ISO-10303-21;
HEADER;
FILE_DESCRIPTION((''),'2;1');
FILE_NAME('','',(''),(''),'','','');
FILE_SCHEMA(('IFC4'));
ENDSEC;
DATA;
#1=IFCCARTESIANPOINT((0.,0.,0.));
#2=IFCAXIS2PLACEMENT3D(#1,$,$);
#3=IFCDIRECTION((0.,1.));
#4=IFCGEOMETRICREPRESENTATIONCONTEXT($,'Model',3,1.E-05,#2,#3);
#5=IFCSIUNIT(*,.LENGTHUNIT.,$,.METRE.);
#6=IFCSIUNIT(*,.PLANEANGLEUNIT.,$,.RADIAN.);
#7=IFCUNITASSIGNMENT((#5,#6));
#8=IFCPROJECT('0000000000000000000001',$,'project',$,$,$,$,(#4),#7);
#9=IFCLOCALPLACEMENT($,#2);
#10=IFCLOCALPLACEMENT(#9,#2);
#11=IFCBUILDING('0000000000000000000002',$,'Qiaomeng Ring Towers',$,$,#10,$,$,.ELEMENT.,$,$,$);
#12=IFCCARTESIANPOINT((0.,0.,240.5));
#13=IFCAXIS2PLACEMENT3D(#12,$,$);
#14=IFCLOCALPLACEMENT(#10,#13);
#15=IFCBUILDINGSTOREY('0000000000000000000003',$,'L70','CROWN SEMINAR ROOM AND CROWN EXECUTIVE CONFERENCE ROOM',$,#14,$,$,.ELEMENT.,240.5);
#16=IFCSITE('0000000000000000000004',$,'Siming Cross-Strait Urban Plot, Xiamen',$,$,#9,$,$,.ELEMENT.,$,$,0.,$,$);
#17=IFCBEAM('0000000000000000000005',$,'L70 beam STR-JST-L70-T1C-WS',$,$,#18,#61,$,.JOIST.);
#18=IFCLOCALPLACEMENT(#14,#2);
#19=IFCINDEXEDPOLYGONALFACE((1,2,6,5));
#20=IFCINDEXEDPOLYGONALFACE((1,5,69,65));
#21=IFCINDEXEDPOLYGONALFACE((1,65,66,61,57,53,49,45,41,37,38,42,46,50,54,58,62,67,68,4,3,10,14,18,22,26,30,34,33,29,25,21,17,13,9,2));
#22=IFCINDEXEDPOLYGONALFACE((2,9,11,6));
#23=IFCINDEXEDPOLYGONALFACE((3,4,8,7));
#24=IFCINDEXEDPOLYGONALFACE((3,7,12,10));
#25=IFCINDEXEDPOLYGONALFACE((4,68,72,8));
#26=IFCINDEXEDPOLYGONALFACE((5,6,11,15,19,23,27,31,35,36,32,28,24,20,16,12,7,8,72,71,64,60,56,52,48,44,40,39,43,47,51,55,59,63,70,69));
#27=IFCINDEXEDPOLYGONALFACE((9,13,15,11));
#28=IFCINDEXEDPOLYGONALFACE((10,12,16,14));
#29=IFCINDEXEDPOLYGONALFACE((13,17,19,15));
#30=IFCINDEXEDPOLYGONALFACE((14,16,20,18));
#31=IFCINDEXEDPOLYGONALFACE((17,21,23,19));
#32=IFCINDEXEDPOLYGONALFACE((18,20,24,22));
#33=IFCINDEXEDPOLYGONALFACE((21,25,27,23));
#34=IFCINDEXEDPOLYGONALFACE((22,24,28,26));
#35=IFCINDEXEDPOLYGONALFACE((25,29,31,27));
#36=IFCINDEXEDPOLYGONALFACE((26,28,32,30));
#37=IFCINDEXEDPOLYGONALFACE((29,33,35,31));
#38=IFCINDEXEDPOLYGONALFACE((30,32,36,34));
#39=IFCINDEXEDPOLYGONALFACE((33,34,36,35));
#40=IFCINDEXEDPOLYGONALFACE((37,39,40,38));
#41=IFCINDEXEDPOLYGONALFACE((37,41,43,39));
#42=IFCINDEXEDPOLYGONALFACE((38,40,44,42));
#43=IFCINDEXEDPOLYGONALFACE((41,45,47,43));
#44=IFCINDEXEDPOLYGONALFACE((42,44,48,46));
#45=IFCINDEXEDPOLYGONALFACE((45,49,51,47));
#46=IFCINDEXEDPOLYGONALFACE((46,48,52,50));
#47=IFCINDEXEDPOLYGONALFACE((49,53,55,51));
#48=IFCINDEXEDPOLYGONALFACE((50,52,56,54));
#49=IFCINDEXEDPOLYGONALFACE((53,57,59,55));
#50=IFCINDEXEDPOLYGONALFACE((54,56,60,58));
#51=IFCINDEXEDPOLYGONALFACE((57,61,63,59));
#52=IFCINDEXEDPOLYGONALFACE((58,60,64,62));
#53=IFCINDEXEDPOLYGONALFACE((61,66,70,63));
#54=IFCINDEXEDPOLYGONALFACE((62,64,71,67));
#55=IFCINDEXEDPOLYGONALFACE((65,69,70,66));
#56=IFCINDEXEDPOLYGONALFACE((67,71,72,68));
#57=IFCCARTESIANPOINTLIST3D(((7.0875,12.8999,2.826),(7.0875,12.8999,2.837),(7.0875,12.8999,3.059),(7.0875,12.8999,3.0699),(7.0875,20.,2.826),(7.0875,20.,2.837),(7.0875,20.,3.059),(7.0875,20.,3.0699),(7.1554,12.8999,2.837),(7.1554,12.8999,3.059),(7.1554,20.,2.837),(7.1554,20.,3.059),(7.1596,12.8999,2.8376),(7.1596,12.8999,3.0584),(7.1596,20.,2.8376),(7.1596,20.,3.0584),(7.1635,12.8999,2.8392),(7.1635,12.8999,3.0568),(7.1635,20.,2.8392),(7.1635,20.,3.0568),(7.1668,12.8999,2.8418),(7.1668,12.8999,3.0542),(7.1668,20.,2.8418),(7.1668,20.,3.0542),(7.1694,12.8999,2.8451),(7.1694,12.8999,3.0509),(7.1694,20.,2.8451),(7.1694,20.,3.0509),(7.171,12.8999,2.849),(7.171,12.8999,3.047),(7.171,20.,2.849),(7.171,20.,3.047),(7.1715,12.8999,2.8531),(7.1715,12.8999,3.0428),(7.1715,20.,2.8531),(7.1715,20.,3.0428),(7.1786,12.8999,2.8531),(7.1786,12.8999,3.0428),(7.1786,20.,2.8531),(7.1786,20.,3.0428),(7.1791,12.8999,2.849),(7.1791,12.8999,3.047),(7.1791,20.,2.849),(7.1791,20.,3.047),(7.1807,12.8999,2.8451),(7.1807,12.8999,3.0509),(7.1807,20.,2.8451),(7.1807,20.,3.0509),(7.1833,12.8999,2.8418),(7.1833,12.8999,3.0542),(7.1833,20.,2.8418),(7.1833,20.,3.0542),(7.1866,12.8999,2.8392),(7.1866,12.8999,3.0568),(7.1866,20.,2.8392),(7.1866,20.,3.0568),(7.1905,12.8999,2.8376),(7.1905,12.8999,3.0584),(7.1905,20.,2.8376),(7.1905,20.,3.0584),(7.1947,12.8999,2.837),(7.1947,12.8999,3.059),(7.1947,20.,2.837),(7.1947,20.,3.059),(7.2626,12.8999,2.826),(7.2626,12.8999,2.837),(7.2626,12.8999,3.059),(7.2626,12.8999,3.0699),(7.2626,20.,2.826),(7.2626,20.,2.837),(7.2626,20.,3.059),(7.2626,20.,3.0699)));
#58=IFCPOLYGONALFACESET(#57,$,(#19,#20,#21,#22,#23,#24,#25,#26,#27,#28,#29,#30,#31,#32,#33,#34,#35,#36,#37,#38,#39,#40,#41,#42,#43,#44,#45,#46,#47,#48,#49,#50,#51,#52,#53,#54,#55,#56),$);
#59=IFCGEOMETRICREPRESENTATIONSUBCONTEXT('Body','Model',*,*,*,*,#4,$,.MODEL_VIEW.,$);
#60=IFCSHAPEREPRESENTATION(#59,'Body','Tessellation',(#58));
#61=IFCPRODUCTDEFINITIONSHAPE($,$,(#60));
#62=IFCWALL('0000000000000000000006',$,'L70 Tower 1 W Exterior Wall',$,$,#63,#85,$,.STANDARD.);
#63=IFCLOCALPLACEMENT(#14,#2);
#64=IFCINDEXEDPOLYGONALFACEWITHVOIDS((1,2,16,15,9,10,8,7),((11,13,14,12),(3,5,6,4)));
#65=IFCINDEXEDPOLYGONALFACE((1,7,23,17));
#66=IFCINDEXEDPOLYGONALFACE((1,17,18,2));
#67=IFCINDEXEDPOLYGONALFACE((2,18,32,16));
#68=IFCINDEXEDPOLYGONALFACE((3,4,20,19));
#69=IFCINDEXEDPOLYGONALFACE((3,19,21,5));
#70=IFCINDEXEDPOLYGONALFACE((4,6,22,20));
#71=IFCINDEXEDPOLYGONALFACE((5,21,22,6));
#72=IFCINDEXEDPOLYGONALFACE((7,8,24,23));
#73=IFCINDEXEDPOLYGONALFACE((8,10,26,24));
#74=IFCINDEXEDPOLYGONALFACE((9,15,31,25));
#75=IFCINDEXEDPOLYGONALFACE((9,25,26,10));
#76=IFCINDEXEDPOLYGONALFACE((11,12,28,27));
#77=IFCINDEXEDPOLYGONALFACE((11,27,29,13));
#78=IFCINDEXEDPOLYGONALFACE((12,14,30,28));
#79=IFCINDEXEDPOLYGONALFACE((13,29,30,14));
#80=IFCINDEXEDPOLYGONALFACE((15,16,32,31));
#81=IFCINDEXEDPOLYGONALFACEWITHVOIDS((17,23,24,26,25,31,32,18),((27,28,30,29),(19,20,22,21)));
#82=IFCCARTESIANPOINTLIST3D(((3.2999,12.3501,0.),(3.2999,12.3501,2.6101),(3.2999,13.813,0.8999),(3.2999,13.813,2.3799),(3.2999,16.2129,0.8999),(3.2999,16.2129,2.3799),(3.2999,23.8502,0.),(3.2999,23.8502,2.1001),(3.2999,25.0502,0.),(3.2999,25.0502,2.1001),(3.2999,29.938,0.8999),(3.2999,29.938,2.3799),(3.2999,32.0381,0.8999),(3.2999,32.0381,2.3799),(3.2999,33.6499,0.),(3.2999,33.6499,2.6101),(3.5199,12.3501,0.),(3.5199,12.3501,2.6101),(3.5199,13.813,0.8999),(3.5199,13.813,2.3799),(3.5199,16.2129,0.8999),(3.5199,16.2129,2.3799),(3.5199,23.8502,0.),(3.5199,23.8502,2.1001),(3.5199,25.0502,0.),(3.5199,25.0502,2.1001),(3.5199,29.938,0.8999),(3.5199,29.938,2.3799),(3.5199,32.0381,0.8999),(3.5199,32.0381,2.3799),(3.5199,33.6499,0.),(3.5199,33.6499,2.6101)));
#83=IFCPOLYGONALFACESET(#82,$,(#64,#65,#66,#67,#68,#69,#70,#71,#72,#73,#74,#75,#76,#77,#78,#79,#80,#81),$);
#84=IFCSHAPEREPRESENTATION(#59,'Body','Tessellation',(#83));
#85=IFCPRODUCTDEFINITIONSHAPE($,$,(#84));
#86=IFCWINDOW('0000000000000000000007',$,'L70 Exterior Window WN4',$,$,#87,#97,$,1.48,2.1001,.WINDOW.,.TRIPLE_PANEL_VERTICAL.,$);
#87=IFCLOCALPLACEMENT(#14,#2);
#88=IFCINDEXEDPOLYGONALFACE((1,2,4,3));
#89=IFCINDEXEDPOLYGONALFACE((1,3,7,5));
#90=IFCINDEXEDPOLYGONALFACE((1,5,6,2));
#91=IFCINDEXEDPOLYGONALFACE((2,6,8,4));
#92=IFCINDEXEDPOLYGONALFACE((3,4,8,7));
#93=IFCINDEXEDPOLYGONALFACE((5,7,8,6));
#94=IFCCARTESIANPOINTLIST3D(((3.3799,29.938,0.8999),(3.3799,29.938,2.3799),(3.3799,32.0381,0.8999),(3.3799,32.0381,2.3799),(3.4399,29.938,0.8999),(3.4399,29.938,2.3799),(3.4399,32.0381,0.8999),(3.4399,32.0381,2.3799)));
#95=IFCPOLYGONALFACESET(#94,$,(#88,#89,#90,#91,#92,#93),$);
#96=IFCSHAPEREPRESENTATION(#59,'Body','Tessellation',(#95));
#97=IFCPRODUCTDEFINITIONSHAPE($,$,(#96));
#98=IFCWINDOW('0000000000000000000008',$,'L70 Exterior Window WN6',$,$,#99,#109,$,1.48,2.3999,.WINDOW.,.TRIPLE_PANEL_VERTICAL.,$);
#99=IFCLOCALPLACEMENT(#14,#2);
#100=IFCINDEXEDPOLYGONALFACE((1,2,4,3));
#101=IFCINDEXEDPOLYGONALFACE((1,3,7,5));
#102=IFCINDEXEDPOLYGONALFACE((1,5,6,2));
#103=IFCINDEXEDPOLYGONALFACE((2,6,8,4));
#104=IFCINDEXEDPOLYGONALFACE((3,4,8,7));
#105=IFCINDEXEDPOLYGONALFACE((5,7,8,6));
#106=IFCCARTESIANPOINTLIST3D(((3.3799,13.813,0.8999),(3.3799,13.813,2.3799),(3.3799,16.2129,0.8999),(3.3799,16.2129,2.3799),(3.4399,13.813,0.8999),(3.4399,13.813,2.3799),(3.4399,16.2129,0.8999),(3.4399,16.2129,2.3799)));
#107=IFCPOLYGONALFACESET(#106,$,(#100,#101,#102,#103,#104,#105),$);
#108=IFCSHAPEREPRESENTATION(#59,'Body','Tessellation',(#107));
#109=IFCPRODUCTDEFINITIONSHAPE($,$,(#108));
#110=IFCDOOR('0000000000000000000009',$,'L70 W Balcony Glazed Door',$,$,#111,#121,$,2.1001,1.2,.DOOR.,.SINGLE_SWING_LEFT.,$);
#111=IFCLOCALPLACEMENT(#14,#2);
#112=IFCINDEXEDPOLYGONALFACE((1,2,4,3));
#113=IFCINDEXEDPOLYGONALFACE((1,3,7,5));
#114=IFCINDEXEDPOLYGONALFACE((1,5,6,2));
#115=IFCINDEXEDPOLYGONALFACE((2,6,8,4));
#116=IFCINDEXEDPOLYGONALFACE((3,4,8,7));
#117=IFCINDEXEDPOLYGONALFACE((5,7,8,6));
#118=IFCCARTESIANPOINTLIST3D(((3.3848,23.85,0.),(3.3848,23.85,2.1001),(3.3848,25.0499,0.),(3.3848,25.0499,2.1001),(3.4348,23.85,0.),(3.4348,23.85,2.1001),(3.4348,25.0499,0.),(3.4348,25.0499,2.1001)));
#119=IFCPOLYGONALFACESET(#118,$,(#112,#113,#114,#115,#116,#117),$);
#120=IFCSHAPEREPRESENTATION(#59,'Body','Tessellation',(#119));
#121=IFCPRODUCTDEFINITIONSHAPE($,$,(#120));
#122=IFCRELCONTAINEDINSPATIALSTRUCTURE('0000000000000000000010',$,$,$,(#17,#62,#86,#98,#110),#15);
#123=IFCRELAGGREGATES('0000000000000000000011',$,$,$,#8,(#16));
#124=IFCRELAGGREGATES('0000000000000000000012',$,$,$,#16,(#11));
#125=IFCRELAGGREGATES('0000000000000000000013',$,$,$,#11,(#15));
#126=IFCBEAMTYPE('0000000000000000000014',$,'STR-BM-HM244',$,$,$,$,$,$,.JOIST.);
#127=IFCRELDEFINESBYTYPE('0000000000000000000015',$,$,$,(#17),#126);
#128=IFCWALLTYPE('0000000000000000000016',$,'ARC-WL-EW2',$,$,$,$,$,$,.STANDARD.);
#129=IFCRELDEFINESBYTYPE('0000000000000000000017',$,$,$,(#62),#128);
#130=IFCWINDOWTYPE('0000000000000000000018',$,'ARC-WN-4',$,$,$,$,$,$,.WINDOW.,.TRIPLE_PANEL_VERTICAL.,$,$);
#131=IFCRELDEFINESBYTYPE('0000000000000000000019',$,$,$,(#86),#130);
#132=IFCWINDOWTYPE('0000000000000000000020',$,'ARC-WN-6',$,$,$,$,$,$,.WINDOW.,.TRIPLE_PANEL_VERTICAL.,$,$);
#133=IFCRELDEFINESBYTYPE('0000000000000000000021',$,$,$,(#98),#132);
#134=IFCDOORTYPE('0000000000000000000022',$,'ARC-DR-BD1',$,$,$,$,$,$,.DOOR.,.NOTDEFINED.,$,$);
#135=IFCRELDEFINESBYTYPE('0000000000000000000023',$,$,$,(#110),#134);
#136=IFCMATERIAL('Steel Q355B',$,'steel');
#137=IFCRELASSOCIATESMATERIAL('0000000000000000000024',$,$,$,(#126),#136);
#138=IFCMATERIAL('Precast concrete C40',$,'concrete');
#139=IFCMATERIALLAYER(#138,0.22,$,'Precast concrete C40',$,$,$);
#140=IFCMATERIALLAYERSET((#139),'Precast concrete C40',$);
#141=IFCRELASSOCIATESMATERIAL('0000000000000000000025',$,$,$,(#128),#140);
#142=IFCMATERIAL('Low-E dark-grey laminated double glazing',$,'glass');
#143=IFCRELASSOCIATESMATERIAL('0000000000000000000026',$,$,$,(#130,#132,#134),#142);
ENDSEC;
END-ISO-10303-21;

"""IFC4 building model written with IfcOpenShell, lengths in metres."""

from ifc_helpers import new_model, si_unit, direction, frame, frame_2d, origin, origin_2d, place, context, subcontext, project, spatial, rectangle, i_section, extrude, source, transform, mapped, material, layer, layer_set, material_profile, profile_set, type_object, element, fill, save


model = new_model("IFC4")

# Units and contexts
model_context = context("Model", 3, precision=1e-05, world=origin(), true_north=direction((0.0, 1.0)))
body_context = subcontext(model_context, "Body", "Model", "MODEL_VIEW")
ifc_project = project(units=[si_unit("LENGTHUNIT", "METRE"), si_unit("PLANEANGLEUNIT", "RADIAN")], contexts=[model_context])

# Site, building, storey
site_placement = place(None, origin())
site = spatial("IfcSite", under=ifc_project, at=site_placement, Name="Siming Cross-Strait Urban Plot, Xiamen", CompositionType="ELEMENT", RefElevation=0.0)
building_placement = place(site_placement, origin())
building = spatial("IfcBuilding", under=site, at=building_placement, Name="Qiaomeng Ring Towers", CompositionType="ELEMENT")
storey_placement = place(building_placement, frame((0.0, 0.0, 240.5)))
storey = spatial("IfcBuildingStorey", under=building, at=storey_placement, Name="L70", Description="CROWN SEMINAR ROOM AND CROWN EXECUTIVE CONFERENCE ROOM", CompositionType="ELEMENT", Elevation=240.5)

# Beam
ifc_material_1 = material(Name="Steel Q355B", Category="steel")
ifc_material_profile_1 = material_profile(ifc_material_1, i_section(OverallWidth=0.175, OverallDepth=0.2439, WebThickness=0.0071, FlangeThickness=0.011, FilletRadius=0.0161, at=origin_2d()), Name="HM 244x175x7x11")
ifc_profile_set_1 = profile_set([ifc_material_profile_1], Name="Steel Q355B")
beam_type_1 = type_object("IfcBeamType", Name="STR-BM-HM244", PredefinedType="JOIST", material=ifc_profile_set_1)
shared_shape_1 = source(origin(), body_context, "Body", "SweptSolid", [
    extrude(i_section(OverallWidth=0.175, OverallDepth=0.2439, WebThickness=0.0071, FlangeThickness=0.011, FilletRadius=0.0161, at=origin_2d()), origin(), (0.0, 0.0, 1.0), 7.1001),
])
beam_1_placement = place(storey_placement, frame((7.175, 12.8999, 2.948), z_axis=(0.0, 1.0, 0.0), x_axis=(-1.0, 0.0, 0.0)))
element("IfcBeam", 1, at=beam_1_placement, inside=storey, type_object=beam_type_1, Name="L70 beam STR-JST-L70-T1C-WS", PredefinedType="JOIST", context=body_context, shape_type="MappedRepresentation", body=[
    mapped(shared_shape_1, transform((0.0, 0.0, 0.0), x_axis=(1.0, 0.0, 0.0), y_axis=(0.0, 1.0, 0.0), z_axis=(0.0, 0.0, 1.0), scale=1.0)),
])

# Wall, openings, windows, door
ifc_material_2 = material(Name="Precast concrete C40", Category="concrete")
ifc_layer_1 = layer(ifc_material_2, 0.22, Name="Precast concrete C40")
ifc_layer_set_1 = layer_set([ifc_layer_1], Name="Precast concrete C40")
wall_type_1 = type_object("IfcWallType", Name="ARC-WL-EW2", PredefinedType="STANDARD", material=ifc_layer_set_1)
wall_1_placement = place(storey_placement, frame((3.4099, 12.3501, 0.0), z_axis=(0.0, 0.0, 1.0), x_axis=(0.0, 1.0, 0.0)))
wall_1 = element("IfcWall", 2, at=wall_1_placement, inside=storey, type_object=wall_type_1, Name="L70 Tower 1 W Exterior Wall", PredefinedType="STANDARD", context=body_context, shape_type="SweptSolid", body=[
    extrude(rectangle(XDim=21.2998, YDim=0.22, at=frame_2d((10.6499, 0.0))), origin(), (0.0, 0.0, 1.0), 2.6101),
])
opening_1_placement = place(wall_1_placement, frame((11.5, 0.0, 0.0)))
opening_1 = element("IfcOpeningElement", 3, at=opening_1_placement, cuts=wall_1, PredefinedType="OPENING", context=body_context, shape_type="SweptSolid", body=[
    extrude(rectangle(XDim=1.2, YDim=2.1001, at=frame_2d((0.6001, 1.05))), frame((0.0, 0.1199, 0.0), z_axis=(0.0, -1.0, 0.0), x_axis=(1.0, 0.0, 0.0)), (0.0, 0.0, 1.0), 0.24),
])
opening_2_placement = place(wall_1_placement, frame((1.4629, 0.0, 0.8999)))
opening_2 = element("IfcOpeningElement", 4, at=opening_2_placement, cuts=wall_1, PredefinedType="OPENING", context=body_context, shape_type="SweptSolid", body=[
    extrude(rectangle(XDim=2.3999, YDim=1.48, at=frame_2d((1.2, 0.74))), frame((0.0, 0.1199, 0.0), z_axis=(0.0, -1.0, 0.0), x_axis=(1.0, 0.0, 0.0)), (0.0, 0.0, 1.0), 0.24),
])
opening_3_placement = place(wall_1_placement, frame((17.5879, 0.0, 0.8999)))
opening_3 = element("IfcOpeningElement", 5, at=opening_3_placement, cuts=wall_1, PredefinedType="OPENING", context=body_context, shape_type="SweptSolid", body=[
    extrude(rectangle(XDim=2.1001, YDim=1.48, at=frame_2d((1.05, 0.74))), frame((0.0, 0.1199, 0.0), z_axis=(0.0, -1.0, 0.0), x_axis=(1.0, 0.0, 0.0)), (0.0, 0.0, 1.0), 0.24),
])
ifc_material_3 = material(Name="Low-E dark-grey laminated double glazing", Category="glass")
window_type_1 = type_object("IfcWindowType", Name="ARC-WN-4", PartitioningType="TRIPLE_PANEL_VERTICAL", PredefinedType="WINDOW", material=ifc_material_3)
shared_shape_2 = source(origin(), body_context, "Body", "SweptSolid", [
    extrude(rectangle(XDim=2.1001, YDim=1.48, at=frame_2d((1.05, 0.74))), frame((0.0, 0.03, 0.0), z_axis=(0.0, -1.0, 0.0), x_axis=(1.0, 0.0, 0.0)), (0.0, 0.0, 1.0), 0.0601),
])
window_1_placement = place(opening_3_placement, origin())
window_1 = element("IfcWindow", 6, at=window_1_placement, inside=storey, type_object=window_type_1, Name="L70 Exterior Window WN4", OverallHeight=1.48, OverallWidth=2.1001, PartitioningType="TRIPLE_PANEL_VERTICAL", PredefinedType="WINDOW", context=body_context, shape_type="MappedRepresentation", body=[
    mapped(shared_shape_2, transform((0.0, 0.0, 0.0), x_axis=(1.0, 0.0, 0.0), y_axis=(0.0, 1.0, 0.0), z_axis=(0.0, 0.0, 1.0), scale=1.0)),
])
fill(opening_3, window_1)
window_type_2 = type_object("IfcWindowType", Name="ARC-WN-6", PartitioningType="TRIPLE_PANEL_VERTICAL", PredefinedType="WINDOW", material=ifc_material_3)
shared_shape_3 = source(origin(), body_context, "Body", "SweptSolid", [
    extrude(rectangle(XDim=2.3999, YDim=1.48, at=frame_2d((1.2, 0.74))), frame((0.0, 0.03, 0.0), z_axis=(0.0, -1.0, 0.0), x_axis=(1.0, 0.0, 0.0)), (0.0, 0.0, 1.0), 0.0601),
])
window_2_placement = place(opening_2_placement, origin())
window_2 = element("IfcWindow", 7, at=window_2_placement, inside=storey, type_object=window_type_2, Name="L70 Exterior Window WN6", OverallHeight=1.48, OverallWidth=2.3999, PartitioningType="TRIPLE_PANEL_VERTICAL", PredefinedType="WINDOW", context=body_context, shape_type="MappedRepresentation", body=[
    mapped(shared_shape_3, transform((0.0, 0.0, 0.0), x_axis=(1.0, 0.0, 0.0), y_axis=(0.0, 1.0, 0.0), z_axis=(0.0, 0.0, 1.0), scale=1.0)),
])
fill(opening_2, window_2)
door_type_1 = type_object("IfcDoorType", Name="ARC-DR-BD1", OperationType="NOTDEFINED", PredefinedType="DOOR", material=ifc_material_3)
shared_shape_4 = source(origin(), body_context, "Body", "SweptSolid", [
    extrude(rectangle(XDim=1.2, YDim=2.1001, at=frame_2d((0.6001, 1.05))), frame((0.0, 0.0249, 0.0), z_axis=(0.0, -1.0, 0.0), x_axis=(1.0, 0.0, 0.0)), (0.0, 0.0, 1.0), 0.05),
])
door_1_placement = place(opening_1_placement, frame((1.2, 0.0, 0.0), z_axis=(0.0, 0.0, 1.0), x_axis=(-1.0, 0.0, 0.0)))
door_1 = element("IfcDoor", 8, at=door_1_placement, inside=storey, type_object=door_type_1, Name="L70 W Balcony Glazed Door", OperationType="SINGLE_SWING_LEFT", OverallHeight=2.1001, OverallWidth=1.2, PredefinedType="DOOR", context=body_context, shape_type="MappedRepresentation", body=[
    mapped(shared_shape_4, transform((0.0, 0.0, 0.0), x_axis=(1.0, 0.0, 0.0), y_axis=(0.0, 1.0, 0.0), z_axis=(0.0, 0.0, 1.0), scale=1.0)),
])
fill(opening_1, door_1)

save(model, "model.ifc")
